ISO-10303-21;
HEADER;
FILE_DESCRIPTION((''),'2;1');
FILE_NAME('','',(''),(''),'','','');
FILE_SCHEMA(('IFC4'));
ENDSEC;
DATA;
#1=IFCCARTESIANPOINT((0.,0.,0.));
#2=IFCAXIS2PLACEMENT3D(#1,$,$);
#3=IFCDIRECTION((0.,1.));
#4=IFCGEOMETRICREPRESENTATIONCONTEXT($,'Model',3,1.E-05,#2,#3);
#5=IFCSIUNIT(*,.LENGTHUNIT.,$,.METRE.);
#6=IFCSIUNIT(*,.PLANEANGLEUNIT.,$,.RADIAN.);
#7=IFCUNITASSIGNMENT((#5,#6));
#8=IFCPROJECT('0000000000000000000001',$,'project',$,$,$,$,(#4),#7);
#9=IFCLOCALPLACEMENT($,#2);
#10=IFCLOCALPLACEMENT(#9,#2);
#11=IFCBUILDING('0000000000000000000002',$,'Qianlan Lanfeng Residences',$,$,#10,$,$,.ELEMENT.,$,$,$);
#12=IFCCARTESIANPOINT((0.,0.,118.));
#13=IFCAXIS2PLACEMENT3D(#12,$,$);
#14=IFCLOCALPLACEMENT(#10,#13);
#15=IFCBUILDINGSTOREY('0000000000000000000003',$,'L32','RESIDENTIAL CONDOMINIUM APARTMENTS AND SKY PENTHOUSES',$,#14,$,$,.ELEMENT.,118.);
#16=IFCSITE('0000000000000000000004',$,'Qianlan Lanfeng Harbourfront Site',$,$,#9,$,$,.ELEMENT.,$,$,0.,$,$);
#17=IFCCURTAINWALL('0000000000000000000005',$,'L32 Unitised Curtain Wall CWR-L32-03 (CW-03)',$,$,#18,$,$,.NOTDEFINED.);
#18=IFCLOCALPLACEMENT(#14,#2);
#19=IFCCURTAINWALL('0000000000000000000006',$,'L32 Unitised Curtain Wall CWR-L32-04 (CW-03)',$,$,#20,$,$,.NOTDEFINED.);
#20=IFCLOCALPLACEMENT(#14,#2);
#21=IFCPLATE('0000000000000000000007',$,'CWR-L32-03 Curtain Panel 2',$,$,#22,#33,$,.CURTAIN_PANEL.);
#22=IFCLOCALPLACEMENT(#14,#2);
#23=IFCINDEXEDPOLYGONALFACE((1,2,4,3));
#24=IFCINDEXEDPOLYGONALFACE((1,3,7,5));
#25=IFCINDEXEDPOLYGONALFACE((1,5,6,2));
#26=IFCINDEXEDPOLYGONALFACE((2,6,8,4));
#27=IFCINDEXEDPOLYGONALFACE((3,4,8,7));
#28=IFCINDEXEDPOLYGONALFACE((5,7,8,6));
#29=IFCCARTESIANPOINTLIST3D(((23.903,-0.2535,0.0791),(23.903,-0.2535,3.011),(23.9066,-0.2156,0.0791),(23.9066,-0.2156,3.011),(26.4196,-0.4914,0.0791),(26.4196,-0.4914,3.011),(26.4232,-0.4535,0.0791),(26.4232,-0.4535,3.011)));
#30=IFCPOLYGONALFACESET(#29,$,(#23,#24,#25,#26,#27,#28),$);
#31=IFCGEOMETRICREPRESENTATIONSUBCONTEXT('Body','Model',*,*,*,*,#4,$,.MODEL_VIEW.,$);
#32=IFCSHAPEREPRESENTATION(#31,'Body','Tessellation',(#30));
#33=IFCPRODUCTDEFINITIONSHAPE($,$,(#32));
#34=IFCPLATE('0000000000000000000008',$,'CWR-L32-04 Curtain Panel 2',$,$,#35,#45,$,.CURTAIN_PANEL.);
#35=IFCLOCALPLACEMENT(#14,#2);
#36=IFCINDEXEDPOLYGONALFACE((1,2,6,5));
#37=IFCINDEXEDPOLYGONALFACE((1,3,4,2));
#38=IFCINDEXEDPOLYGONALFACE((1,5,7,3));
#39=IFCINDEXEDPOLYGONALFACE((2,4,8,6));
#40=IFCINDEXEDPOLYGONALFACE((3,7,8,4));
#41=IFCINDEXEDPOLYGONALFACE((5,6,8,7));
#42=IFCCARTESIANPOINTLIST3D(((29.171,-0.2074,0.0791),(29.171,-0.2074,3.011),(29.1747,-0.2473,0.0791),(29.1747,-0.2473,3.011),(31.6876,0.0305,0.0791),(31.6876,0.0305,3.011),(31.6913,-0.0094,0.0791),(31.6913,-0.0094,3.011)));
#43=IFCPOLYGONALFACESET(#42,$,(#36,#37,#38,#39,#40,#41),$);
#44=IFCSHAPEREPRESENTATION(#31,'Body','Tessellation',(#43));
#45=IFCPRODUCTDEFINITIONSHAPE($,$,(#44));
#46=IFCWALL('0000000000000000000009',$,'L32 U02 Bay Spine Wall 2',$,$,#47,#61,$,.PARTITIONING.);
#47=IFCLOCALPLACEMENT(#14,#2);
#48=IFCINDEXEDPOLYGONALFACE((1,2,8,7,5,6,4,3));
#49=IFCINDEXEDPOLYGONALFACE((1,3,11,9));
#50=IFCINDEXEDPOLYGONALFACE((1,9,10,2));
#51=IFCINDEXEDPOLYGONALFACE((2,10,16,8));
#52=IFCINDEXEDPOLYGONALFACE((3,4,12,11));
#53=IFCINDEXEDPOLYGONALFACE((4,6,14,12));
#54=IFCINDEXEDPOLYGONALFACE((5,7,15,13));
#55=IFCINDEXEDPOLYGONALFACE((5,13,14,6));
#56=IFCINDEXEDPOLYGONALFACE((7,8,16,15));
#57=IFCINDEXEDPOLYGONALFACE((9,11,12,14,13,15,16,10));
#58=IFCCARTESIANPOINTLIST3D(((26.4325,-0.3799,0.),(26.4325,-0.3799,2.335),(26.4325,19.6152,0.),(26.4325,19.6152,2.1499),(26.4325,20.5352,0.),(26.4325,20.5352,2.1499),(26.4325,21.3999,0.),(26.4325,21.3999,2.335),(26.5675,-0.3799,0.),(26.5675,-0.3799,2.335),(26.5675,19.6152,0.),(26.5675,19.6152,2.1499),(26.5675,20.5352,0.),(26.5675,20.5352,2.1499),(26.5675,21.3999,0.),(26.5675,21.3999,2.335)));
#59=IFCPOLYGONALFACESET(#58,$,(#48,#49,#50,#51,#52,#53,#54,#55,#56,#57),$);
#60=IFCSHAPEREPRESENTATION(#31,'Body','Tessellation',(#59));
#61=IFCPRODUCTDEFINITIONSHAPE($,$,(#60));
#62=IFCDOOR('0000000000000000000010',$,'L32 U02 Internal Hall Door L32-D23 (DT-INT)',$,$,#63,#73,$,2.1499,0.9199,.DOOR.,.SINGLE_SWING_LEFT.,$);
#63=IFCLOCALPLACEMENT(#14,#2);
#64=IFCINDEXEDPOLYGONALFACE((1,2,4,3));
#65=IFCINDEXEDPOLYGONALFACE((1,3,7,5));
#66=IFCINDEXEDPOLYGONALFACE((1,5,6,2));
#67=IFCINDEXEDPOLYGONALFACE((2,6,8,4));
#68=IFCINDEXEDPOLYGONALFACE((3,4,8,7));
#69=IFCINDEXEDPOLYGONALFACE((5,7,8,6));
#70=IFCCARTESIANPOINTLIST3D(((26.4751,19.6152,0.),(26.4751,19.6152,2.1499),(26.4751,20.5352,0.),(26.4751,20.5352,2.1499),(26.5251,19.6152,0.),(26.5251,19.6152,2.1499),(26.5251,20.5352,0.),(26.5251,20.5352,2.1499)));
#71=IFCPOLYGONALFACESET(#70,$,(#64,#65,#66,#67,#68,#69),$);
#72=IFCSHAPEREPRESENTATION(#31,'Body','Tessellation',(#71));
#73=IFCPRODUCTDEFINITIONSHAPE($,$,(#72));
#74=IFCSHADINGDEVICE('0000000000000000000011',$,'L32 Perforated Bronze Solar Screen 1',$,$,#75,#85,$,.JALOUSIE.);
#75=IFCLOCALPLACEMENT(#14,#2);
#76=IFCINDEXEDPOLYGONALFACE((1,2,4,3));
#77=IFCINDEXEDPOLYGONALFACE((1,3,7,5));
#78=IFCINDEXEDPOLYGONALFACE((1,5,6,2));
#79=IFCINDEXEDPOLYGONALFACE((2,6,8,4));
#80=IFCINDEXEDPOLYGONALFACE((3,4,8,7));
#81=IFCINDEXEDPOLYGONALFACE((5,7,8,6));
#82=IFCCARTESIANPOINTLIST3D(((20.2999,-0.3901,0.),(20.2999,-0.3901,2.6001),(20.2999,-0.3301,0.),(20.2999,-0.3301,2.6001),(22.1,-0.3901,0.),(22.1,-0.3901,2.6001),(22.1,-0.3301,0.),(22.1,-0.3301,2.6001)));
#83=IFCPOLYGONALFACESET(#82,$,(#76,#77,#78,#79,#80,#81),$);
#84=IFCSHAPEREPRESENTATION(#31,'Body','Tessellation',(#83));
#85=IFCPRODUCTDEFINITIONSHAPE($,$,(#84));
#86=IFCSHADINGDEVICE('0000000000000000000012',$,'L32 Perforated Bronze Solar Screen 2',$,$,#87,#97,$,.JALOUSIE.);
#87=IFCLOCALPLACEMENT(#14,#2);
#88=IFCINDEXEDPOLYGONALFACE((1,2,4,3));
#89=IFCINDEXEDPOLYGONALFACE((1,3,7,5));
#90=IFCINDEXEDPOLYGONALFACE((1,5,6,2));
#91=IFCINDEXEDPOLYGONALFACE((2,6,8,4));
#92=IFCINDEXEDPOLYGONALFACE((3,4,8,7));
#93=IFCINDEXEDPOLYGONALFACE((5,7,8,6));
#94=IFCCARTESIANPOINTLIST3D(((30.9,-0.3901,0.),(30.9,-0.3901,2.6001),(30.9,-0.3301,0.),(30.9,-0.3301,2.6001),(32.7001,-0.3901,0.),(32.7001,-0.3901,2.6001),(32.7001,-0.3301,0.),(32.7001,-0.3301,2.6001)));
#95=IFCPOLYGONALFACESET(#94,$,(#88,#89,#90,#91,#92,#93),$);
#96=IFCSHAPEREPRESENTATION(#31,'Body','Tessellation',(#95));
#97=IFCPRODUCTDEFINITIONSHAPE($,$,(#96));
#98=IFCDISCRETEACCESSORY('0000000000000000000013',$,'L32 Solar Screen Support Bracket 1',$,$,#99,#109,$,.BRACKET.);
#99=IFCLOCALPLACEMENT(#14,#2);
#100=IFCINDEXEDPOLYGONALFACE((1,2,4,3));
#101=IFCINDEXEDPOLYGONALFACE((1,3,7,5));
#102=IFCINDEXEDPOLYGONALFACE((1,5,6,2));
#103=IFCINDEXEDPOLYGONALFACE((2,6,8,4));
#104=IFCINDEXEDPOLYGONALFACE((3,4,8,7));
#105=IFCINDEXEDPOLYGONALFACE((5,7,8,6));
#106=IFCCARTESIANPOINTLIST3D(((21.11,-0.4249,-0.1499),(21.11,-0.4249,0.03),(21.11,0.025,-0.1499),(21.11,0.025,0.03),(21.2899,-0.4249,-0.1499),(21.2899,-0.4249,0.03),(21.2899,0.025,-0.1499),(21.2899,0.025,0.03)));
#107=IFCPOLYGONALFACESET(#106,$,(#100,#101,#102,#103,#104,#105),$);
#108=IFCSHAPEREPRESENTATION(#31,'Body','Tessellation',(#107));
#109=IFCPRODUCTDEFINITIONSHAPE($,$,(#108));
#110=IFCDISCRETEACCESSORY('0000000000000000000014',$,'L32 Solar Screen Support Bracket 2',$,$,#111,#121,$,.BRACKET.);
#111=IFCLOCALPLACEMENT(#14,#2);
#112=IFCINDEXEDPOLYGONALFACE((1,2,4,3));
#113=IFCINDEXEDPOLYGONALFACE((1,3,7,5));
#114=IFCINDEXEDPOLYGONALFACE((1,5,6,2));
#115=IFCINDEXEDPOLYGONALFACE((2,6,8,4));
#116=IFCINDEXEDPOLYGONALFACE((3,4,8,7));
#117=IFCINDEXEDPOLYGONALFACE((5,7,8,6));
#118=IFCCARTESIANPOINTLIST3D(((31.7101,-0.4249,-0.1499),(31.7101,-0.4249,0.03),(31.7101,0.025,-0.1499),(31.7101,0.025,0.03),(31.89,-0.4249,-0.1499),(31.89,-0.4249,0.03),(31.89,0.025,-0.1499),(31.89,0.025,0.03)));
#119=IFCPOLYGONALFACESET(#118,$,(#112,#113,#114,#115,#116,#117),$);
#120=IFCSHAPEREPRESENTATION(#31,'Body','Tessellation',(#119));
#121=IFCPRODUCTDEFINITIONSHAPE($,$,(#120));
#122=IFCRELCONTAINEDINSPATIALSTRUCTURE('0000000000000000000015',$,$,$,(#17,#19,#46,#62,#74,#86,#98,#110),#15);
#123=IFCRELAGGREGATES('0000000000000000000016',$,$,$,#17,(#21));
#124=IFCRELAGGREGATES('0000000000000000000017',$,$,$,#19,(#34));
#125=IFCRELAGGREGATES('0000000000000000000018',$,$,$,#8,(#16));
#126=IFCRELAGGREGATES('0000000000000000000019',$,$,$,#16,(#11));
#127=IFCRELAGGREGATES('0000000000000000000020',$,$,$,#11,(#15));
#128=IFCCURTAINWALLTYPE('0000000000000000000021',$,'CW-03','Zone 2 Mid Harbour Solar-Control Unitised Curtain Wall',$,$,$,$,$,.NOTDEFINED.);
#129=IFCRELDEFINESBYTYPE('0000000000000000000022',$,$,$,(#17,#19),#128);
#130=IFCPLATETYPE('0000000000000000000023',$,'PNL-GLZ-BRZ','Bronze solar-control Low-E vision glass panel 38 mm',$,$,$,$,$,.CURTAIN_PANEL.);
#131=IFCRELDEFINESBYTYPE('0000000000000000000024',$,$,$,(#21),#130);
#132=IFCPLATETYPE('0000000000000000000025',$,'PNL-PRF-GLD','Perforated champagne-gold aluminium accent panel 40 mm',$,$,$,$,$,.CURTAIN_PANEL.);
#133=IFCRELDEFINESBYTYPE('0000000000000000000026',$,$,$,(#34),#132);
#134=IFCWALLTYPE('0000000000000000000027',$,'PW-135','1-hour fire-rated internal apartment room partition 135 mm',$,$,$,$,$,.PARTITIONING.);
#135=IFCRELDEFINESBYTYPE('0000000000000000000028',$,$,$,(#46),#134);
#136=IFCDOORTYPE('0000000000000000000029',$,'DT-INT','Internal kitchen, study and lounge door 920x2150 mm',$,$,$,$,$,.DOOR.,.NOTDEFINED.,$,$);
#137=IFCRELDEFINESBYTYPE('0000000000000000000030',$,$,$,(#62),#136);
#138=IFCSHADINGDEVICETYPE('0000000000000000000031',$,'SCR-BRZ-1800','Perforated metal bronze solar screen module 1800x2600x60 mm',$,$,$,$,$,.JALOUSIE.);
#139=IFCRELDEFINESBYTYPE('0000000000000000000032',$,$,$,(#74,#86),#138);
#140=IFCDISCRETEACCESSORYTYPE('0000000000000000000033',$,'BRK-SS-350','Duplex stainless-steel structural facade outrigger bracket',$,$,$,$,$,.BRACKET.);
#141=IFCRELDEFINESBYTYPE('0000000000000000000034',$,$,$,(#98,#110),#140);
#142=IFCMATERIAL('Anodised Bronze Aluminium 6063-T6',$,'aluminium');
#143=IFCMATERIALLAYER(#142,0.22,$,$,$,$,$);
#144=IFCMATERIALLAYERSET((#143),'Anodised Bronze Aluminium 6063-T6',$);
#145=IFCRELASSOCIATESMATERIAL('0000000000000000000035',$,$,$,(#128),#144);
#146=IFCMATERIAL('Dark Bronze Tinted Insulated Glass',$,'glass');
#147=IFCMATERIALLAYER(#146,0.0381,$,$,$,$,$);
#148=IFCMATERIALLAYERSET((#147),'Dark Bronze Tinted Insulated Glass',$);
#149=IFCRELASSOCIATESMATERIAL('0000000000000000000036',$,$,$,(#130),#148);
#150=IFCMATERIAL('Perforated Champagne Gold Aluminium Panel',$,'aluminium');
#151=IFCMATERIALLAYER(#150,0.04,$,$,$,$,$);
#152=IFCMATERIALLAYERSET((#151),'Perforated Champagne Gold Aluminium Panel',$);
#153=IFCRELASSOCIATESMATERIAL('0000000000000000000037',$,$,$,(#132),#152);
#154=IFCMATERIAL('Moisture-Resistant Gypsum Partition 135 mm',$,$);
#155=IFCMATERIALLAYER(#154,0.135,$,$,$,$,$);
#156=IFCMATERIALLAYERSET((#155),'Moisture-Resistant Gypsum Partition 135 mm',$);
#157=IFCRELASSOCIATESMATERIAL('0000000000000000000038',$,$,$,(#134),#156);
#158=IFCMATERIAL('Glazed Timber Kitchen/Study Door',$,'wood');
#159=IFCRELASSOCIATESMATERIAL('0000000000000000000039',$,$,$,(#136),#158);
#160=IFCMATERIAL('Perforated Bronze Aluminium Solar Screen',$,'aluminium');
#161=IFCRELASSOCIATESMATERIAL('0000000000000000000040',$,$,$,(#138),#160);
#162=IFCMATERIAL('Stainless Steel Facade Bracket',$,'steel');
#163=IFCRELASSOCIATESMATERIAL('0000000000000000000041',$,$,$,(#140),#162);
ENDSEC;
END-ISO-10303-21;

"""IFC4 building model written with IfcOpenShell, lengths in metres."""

from ifc_helpers import new_model, si_unit, direction, frame, frame_2d, origin, origin_2d, place, context, subcontext, project, spatial, rectangle, extrude, source, transform, mapped, material, layer, layer_set, type_object, element, fill, aggregate, save


model = new_model("IFC4")

# Units and contexts
model_context = context("Model", 3, precision=1e-05, world=origin(), true_north=direction((0.0, 1.0)))
body_context = subcontext(model_context, "Body", "Model", "MODEL_VIEW")
ifc_project = project(units=[si_unit("LENGTHUNIT", "METRE"), si_unit("PLANEANGLEUNIT", "RADIAN")], contexts=[model_context])

# Site, building, storey
site_placement = place(None, origin())
site = spatial("IfcSite", under=ifc_project, at=site_placement, Name="Qianlan Lanfeng Harbourfront Site", CompositionType="ELEMENT", RefElevation=0.0)
building_placement = place(site_placement, origin())
building = spatial("IfcBuilding", under=site, at=building_placement, Name="Qianlan Lanfeng Residences", CompositionType="ELEMENT")
storey_placement = place(building_placement, frame((0.0, 0.0, 118.0)))
storey = spatial("IfcBuildingStorey", under=building, at=storey_placement, Name="L32", Description="RESIDENTIAL CONDOMINIUM APARTMENTS AND SKY PENTHOUSES", CompositionType="ELEMENT", Elevation=118.0)

# Curtain walls
ifc_material_1 = material(Name="Anodised Bronze Aluminium 6063-T6", Category="aluminium")
ifc_layer_1 = layer(ifc_material_1, 0.22)
ifc_layer_set_1 = layer_set([ifc_layer_1], Name="Anodised Bronze Aluminium 6063-T6")
curtain_wall_type = type_object("IfcCurtainWallType", Name="CW-03", Description="Zone 2 Mid Harbour Solar-Control Unitised Curtain Wall", PredefinedType="NOTDEFINED", material=ifc_layer_set_1)
curtain_wall_1_placement = place(storey_placement, origin())
curtain_wall_1 = element("IfcCurtainWall", 1, at=curtain_wall_1_placement, inside=storey, type_object=curtain_wall_type, Name="L32 Unitised Curtain Wall CWR-L32-03 (CW-03)", PredefinedType="NOTDEFINED")
curtain_wall_2_placement = place(storey_placement, origin())
curtain_wall_2 = element("IfcCurtainWall", 2, at=curtain_wall_2_placement, inside=storey, type_object=curtain_wall_type, Name="L32 Unitised Curtain Wall CWR-L32-04 (CW-03)", PredefinedType="NOTDEFINED")

# Plates
ifc_material_2 = material(Name="Dark Bronze Tinted Insulated Glass", Category="glass")
ifc_layer_2 = layer(ifc_material_2, 0.0381)
ifc_layer_set_2 = layer_set([ifc_layer_2], Name="Dark Bronze Tinted Insulated Glass")
plate_type_1 = type_object("IfcPlateType", Name="PNL-GLZ-BRZ", Description="Bronze solar-control Low-E vision glass panel 38 mm", PredefinedType="CURTAIN_PANEL", material=ifc_layer_set_2)
shared_shape_1 = source(origin(), body_context, "Body", "SweptSolid", [
    extrude(rectangle(XDim=2.5278, YDim=0.0381, at=origin_2d()), origin(), (0.0, 0.0, 1.0), 2.9319),
])
plate_1_placement = place(storey_placement, frame((25.1631, -0.3535, 0.0791), z_axis=(0.0, 0.0, 1.0), x_axis=(0.995561, -0.094114, 0.0)))
plate_1 = element("IfcPlate", 3, at=plate_1_placement, type_object=plate_type_1, Name="CWR-L32-03 Curtain Panel 2", PredefinedType="CURTAIN_PANEL", context=body_context, shape_type="MappedRepresentation", body=[
    mapped(shared_shape_1, transform((0.0, 0.0, 0.0), scale=1.0)),
])
aggregate(curtain_wall_1, [plate_1])
ifc_material_3 = material(Name="Perforated Champagne Gold Aluminium Panel", Category="aluminium")
ifc_layer_3 = layer(ifc_material_3, 0.04)
ifc_layer_set_3 = layer_set([ifc_layer_3], Name="Perforated Champagne Gold Aluminium Panel")
plate_type_2 = type_object("IfcPlateType", Name="PNL-PRF-GLD", Description="Perforated champagne-gold aluminium accent panel 40 mm", PredefinedType="CURTAIN_PANEL", material=ifc_layer_set_3)
shared_shape_2 = source(origin(), body_context, "Body", "SweptSolid", [
    extrude(rectangle(XDim=2.5278, YDim=0.04, at=origin_2d()), origin(), (0.0, 0.0, 1.0), 2.9319),
])
plate_2_placement = place(storey_placement, frame((30.4312, -0.1084, 0.0791), z_axis=(0.0, 0.0, 1.0), x_axis=(0.995561, 0.094114, 0.0)))
plate_2 = element("IfcPlate", 4, at=plate_2_placement, type_object=plate_type_2, Name="CWR-L32-04 Curtain Panel 2", PredefinedType="CURTAIN_PANEL", context=body_context, shape_type="MappedRepresentation", body=[
    mapped(shared_shape_2, transform((0.0, 0.0, 0.0), scale=1.0)),
])
aggregate(curtain_wall_2, [plate_2])

# Wall, opening, door
ifc_material_4 = material(Name="Moisture-Resistant Gypsum Partition 135 mm")
ifc_layer_4 = layer(ifc_material_4, 0.135)
ifc_layer_set_4 = layer_set([ifc_layer_4], Name="Moisture-Resistant Gypsum Partition 135 mm")
wall_type = type_object("IfcWallType", Name="PW-135", Description="1-hour fire-rated internal apartment room partition 135 mm", PredefinedType="PARTITIONING", material=ifc_layer_set_4)
wall_placement = place(storey_placement, frame((26.5, -0.3799, 0.0), z_axis=(0.0, 0.0, 1.0), x_axis=(0.0, 1.0, 0.0)))
wall = element("IfcWall", 5, at=wall_placement, inside=storey, type_object=wall_type, Name="L32 U02 Bay Spine Wall 2", PredefinedType="PARTITIONING", context=body_context, shape_type="SweptSolid", body=[
    extrude(rectangle(XDim=21.7798, YDim=0.135, at=frame_2d((10.8899, 0.0))), origin(), (0.0, 0.0, 1.0), 2.335),
])
opening_placement = place(wall_placement, frame((19.9951, 0.0, 0.0)))
opening = element("IfcOpeningElement", 6, at=opening_placement, cuts=wall, PredefinedType="OPENING", context=body_context, shape_type="SweptSolid", body=[
    extrude(rectangle(XDim=0.9199, YDim=2.1499, at=frame_2d((0.46, 1.075))), frame((0.0, 0.0776, 0.0), z_axis=(0.0, -1.0, 0.0), x_axis=(1.0, 0.0, 0.0)), (0.0, 0.0, 1.0), 0.155),
])
ifc_material_5 = material(Name="Glazed Timber Kitchen/Study Door", Category="wood")
door_type = type_object("IfcDoorType", Name="DT-INT", Description="Internal kitchen, study and lounge door 920x2150 mm", OperationType="NOTDEFINED", PredefinedType="DOOR", material=ifc_material_5)
door_placement = place(opening_placement, origin())
door = element("IfcDoor", 7, at=door_placement, inside=storey, type_object=door_type, Name="L32 U02 Internal Hall Door L32-D23 (DT-INT)", OperationType="SINGLE_SWING_LEFT", OverallHeight=2.1499, OverallWidth=0.9199, PredefinedType="DOOR", context=body_context, shape_type="SweptSolid", body=[
    extrude(rectangle(XDim=0.9199, YDim=2.1499, at=frame_2d((0.46, 1.075))), frame((0.0, 0.0249, 0.0), z_axis=(0.0, -1.0, 0.0), x_axis=(1.0, 0.0, 0.0)), (0.0, 0.0, 1.0), 0.05),
])
fill(opening, door)

# Shading devices
ifc_material_6 = material(Name="Perforated Bronze Aluminium Solar Screen", Category="aluminium")
shading_device_type = type_object("IfcShadingDeviceType", Name="SCR-BRZ-1800", Description="Perforated metal bronze solar screen module 1800x2600x60 mm", PredefinedType="JALOUSIE", material=ifc_material_6)
shared_shape_3 = source(origin(), body_context, "Body", "SweptSolid", [
    extrude(rectangle(XDim=1.8, YDim=0.0601, at=origin_2d()), origin(), (0.0, 0.0, 1.0), 2.6001),
])
for number, where, z_axis, x_axis, name in (
    (8, (21.2, -0.3601, 0.0), (0.0, 0.0, 1.0), (1.0, 0.0, 0.0), "L32 Perforated Bronze Solar Screen 1"),
    (9, (31.8, -0.3601, 0.0), (0.0, 0.0, 1.0), (1.0, 0.0, 0.0), "L32 Perforated Bronze Solar Screen 2"),
):
    element("IfcShadingDevice", number, at=place(storey_placement, frame(where, z_axis=z_axis, x_axis=x_axis)), inside=storey, type_object=shading_device_type, Name=name, PredefinedType="JALOUSIE", context=body_context, shape_type="MappedRepresentation", body=[
        mapped(shared_shape_3, transform((0.0, 0.0, 0.0), scale=1.0)),
    ])

# Discrete accessories
ifc_material_7 = material(Name="Stainless Steel Facade Bracket", Category="steel")
discrete_accessory_type = type_object("IfcDiscreteAccessoryType", Name="BRK-SS-350", Description="Duplex stainless-steel structural facade outrigger bracket", PredefinedType="BRACKET", material=ifc_material_7)
shared_shape_4 = source(origin(), body_context, "Body", "SweptSolid", [
    extrude(rectangle(XDim=0.1799, YDim=0.45, at=origin_2d()), origin(), (0.0, 0.0, 1.0), 0.1799),
])
for number, where, z_axis, x_axis, name in (
    (10, (21.2, -0.2, -0.1499), (0.0, 0.0, 1.0), (1.0, 0.0, 0.0), "L32 Solar Screen Support Bracket 1"),
    (11, (31.8, -0.2, -0.1499), (0.0, 0.0, 1.0), (1.0, 0.0, 0.0), "L32 Solar Screen Support Bracket 2"),
):
    element("IfcDiscreteAccessory", number, at=place(storey_placement, frame(where, z_axis=z_axis, x_axis=x_axis)), inside=storey, type_object=discrete_accessory_type, Name=name, PredefinedType="BRACKET", context=body_context, shape_type="MappedRepresentation", body=[
        mapped(shared_shape_4, transform((0.0, 0.0, 0.0), scale=1.0)),
    ])

save(model, "model.ifc")
